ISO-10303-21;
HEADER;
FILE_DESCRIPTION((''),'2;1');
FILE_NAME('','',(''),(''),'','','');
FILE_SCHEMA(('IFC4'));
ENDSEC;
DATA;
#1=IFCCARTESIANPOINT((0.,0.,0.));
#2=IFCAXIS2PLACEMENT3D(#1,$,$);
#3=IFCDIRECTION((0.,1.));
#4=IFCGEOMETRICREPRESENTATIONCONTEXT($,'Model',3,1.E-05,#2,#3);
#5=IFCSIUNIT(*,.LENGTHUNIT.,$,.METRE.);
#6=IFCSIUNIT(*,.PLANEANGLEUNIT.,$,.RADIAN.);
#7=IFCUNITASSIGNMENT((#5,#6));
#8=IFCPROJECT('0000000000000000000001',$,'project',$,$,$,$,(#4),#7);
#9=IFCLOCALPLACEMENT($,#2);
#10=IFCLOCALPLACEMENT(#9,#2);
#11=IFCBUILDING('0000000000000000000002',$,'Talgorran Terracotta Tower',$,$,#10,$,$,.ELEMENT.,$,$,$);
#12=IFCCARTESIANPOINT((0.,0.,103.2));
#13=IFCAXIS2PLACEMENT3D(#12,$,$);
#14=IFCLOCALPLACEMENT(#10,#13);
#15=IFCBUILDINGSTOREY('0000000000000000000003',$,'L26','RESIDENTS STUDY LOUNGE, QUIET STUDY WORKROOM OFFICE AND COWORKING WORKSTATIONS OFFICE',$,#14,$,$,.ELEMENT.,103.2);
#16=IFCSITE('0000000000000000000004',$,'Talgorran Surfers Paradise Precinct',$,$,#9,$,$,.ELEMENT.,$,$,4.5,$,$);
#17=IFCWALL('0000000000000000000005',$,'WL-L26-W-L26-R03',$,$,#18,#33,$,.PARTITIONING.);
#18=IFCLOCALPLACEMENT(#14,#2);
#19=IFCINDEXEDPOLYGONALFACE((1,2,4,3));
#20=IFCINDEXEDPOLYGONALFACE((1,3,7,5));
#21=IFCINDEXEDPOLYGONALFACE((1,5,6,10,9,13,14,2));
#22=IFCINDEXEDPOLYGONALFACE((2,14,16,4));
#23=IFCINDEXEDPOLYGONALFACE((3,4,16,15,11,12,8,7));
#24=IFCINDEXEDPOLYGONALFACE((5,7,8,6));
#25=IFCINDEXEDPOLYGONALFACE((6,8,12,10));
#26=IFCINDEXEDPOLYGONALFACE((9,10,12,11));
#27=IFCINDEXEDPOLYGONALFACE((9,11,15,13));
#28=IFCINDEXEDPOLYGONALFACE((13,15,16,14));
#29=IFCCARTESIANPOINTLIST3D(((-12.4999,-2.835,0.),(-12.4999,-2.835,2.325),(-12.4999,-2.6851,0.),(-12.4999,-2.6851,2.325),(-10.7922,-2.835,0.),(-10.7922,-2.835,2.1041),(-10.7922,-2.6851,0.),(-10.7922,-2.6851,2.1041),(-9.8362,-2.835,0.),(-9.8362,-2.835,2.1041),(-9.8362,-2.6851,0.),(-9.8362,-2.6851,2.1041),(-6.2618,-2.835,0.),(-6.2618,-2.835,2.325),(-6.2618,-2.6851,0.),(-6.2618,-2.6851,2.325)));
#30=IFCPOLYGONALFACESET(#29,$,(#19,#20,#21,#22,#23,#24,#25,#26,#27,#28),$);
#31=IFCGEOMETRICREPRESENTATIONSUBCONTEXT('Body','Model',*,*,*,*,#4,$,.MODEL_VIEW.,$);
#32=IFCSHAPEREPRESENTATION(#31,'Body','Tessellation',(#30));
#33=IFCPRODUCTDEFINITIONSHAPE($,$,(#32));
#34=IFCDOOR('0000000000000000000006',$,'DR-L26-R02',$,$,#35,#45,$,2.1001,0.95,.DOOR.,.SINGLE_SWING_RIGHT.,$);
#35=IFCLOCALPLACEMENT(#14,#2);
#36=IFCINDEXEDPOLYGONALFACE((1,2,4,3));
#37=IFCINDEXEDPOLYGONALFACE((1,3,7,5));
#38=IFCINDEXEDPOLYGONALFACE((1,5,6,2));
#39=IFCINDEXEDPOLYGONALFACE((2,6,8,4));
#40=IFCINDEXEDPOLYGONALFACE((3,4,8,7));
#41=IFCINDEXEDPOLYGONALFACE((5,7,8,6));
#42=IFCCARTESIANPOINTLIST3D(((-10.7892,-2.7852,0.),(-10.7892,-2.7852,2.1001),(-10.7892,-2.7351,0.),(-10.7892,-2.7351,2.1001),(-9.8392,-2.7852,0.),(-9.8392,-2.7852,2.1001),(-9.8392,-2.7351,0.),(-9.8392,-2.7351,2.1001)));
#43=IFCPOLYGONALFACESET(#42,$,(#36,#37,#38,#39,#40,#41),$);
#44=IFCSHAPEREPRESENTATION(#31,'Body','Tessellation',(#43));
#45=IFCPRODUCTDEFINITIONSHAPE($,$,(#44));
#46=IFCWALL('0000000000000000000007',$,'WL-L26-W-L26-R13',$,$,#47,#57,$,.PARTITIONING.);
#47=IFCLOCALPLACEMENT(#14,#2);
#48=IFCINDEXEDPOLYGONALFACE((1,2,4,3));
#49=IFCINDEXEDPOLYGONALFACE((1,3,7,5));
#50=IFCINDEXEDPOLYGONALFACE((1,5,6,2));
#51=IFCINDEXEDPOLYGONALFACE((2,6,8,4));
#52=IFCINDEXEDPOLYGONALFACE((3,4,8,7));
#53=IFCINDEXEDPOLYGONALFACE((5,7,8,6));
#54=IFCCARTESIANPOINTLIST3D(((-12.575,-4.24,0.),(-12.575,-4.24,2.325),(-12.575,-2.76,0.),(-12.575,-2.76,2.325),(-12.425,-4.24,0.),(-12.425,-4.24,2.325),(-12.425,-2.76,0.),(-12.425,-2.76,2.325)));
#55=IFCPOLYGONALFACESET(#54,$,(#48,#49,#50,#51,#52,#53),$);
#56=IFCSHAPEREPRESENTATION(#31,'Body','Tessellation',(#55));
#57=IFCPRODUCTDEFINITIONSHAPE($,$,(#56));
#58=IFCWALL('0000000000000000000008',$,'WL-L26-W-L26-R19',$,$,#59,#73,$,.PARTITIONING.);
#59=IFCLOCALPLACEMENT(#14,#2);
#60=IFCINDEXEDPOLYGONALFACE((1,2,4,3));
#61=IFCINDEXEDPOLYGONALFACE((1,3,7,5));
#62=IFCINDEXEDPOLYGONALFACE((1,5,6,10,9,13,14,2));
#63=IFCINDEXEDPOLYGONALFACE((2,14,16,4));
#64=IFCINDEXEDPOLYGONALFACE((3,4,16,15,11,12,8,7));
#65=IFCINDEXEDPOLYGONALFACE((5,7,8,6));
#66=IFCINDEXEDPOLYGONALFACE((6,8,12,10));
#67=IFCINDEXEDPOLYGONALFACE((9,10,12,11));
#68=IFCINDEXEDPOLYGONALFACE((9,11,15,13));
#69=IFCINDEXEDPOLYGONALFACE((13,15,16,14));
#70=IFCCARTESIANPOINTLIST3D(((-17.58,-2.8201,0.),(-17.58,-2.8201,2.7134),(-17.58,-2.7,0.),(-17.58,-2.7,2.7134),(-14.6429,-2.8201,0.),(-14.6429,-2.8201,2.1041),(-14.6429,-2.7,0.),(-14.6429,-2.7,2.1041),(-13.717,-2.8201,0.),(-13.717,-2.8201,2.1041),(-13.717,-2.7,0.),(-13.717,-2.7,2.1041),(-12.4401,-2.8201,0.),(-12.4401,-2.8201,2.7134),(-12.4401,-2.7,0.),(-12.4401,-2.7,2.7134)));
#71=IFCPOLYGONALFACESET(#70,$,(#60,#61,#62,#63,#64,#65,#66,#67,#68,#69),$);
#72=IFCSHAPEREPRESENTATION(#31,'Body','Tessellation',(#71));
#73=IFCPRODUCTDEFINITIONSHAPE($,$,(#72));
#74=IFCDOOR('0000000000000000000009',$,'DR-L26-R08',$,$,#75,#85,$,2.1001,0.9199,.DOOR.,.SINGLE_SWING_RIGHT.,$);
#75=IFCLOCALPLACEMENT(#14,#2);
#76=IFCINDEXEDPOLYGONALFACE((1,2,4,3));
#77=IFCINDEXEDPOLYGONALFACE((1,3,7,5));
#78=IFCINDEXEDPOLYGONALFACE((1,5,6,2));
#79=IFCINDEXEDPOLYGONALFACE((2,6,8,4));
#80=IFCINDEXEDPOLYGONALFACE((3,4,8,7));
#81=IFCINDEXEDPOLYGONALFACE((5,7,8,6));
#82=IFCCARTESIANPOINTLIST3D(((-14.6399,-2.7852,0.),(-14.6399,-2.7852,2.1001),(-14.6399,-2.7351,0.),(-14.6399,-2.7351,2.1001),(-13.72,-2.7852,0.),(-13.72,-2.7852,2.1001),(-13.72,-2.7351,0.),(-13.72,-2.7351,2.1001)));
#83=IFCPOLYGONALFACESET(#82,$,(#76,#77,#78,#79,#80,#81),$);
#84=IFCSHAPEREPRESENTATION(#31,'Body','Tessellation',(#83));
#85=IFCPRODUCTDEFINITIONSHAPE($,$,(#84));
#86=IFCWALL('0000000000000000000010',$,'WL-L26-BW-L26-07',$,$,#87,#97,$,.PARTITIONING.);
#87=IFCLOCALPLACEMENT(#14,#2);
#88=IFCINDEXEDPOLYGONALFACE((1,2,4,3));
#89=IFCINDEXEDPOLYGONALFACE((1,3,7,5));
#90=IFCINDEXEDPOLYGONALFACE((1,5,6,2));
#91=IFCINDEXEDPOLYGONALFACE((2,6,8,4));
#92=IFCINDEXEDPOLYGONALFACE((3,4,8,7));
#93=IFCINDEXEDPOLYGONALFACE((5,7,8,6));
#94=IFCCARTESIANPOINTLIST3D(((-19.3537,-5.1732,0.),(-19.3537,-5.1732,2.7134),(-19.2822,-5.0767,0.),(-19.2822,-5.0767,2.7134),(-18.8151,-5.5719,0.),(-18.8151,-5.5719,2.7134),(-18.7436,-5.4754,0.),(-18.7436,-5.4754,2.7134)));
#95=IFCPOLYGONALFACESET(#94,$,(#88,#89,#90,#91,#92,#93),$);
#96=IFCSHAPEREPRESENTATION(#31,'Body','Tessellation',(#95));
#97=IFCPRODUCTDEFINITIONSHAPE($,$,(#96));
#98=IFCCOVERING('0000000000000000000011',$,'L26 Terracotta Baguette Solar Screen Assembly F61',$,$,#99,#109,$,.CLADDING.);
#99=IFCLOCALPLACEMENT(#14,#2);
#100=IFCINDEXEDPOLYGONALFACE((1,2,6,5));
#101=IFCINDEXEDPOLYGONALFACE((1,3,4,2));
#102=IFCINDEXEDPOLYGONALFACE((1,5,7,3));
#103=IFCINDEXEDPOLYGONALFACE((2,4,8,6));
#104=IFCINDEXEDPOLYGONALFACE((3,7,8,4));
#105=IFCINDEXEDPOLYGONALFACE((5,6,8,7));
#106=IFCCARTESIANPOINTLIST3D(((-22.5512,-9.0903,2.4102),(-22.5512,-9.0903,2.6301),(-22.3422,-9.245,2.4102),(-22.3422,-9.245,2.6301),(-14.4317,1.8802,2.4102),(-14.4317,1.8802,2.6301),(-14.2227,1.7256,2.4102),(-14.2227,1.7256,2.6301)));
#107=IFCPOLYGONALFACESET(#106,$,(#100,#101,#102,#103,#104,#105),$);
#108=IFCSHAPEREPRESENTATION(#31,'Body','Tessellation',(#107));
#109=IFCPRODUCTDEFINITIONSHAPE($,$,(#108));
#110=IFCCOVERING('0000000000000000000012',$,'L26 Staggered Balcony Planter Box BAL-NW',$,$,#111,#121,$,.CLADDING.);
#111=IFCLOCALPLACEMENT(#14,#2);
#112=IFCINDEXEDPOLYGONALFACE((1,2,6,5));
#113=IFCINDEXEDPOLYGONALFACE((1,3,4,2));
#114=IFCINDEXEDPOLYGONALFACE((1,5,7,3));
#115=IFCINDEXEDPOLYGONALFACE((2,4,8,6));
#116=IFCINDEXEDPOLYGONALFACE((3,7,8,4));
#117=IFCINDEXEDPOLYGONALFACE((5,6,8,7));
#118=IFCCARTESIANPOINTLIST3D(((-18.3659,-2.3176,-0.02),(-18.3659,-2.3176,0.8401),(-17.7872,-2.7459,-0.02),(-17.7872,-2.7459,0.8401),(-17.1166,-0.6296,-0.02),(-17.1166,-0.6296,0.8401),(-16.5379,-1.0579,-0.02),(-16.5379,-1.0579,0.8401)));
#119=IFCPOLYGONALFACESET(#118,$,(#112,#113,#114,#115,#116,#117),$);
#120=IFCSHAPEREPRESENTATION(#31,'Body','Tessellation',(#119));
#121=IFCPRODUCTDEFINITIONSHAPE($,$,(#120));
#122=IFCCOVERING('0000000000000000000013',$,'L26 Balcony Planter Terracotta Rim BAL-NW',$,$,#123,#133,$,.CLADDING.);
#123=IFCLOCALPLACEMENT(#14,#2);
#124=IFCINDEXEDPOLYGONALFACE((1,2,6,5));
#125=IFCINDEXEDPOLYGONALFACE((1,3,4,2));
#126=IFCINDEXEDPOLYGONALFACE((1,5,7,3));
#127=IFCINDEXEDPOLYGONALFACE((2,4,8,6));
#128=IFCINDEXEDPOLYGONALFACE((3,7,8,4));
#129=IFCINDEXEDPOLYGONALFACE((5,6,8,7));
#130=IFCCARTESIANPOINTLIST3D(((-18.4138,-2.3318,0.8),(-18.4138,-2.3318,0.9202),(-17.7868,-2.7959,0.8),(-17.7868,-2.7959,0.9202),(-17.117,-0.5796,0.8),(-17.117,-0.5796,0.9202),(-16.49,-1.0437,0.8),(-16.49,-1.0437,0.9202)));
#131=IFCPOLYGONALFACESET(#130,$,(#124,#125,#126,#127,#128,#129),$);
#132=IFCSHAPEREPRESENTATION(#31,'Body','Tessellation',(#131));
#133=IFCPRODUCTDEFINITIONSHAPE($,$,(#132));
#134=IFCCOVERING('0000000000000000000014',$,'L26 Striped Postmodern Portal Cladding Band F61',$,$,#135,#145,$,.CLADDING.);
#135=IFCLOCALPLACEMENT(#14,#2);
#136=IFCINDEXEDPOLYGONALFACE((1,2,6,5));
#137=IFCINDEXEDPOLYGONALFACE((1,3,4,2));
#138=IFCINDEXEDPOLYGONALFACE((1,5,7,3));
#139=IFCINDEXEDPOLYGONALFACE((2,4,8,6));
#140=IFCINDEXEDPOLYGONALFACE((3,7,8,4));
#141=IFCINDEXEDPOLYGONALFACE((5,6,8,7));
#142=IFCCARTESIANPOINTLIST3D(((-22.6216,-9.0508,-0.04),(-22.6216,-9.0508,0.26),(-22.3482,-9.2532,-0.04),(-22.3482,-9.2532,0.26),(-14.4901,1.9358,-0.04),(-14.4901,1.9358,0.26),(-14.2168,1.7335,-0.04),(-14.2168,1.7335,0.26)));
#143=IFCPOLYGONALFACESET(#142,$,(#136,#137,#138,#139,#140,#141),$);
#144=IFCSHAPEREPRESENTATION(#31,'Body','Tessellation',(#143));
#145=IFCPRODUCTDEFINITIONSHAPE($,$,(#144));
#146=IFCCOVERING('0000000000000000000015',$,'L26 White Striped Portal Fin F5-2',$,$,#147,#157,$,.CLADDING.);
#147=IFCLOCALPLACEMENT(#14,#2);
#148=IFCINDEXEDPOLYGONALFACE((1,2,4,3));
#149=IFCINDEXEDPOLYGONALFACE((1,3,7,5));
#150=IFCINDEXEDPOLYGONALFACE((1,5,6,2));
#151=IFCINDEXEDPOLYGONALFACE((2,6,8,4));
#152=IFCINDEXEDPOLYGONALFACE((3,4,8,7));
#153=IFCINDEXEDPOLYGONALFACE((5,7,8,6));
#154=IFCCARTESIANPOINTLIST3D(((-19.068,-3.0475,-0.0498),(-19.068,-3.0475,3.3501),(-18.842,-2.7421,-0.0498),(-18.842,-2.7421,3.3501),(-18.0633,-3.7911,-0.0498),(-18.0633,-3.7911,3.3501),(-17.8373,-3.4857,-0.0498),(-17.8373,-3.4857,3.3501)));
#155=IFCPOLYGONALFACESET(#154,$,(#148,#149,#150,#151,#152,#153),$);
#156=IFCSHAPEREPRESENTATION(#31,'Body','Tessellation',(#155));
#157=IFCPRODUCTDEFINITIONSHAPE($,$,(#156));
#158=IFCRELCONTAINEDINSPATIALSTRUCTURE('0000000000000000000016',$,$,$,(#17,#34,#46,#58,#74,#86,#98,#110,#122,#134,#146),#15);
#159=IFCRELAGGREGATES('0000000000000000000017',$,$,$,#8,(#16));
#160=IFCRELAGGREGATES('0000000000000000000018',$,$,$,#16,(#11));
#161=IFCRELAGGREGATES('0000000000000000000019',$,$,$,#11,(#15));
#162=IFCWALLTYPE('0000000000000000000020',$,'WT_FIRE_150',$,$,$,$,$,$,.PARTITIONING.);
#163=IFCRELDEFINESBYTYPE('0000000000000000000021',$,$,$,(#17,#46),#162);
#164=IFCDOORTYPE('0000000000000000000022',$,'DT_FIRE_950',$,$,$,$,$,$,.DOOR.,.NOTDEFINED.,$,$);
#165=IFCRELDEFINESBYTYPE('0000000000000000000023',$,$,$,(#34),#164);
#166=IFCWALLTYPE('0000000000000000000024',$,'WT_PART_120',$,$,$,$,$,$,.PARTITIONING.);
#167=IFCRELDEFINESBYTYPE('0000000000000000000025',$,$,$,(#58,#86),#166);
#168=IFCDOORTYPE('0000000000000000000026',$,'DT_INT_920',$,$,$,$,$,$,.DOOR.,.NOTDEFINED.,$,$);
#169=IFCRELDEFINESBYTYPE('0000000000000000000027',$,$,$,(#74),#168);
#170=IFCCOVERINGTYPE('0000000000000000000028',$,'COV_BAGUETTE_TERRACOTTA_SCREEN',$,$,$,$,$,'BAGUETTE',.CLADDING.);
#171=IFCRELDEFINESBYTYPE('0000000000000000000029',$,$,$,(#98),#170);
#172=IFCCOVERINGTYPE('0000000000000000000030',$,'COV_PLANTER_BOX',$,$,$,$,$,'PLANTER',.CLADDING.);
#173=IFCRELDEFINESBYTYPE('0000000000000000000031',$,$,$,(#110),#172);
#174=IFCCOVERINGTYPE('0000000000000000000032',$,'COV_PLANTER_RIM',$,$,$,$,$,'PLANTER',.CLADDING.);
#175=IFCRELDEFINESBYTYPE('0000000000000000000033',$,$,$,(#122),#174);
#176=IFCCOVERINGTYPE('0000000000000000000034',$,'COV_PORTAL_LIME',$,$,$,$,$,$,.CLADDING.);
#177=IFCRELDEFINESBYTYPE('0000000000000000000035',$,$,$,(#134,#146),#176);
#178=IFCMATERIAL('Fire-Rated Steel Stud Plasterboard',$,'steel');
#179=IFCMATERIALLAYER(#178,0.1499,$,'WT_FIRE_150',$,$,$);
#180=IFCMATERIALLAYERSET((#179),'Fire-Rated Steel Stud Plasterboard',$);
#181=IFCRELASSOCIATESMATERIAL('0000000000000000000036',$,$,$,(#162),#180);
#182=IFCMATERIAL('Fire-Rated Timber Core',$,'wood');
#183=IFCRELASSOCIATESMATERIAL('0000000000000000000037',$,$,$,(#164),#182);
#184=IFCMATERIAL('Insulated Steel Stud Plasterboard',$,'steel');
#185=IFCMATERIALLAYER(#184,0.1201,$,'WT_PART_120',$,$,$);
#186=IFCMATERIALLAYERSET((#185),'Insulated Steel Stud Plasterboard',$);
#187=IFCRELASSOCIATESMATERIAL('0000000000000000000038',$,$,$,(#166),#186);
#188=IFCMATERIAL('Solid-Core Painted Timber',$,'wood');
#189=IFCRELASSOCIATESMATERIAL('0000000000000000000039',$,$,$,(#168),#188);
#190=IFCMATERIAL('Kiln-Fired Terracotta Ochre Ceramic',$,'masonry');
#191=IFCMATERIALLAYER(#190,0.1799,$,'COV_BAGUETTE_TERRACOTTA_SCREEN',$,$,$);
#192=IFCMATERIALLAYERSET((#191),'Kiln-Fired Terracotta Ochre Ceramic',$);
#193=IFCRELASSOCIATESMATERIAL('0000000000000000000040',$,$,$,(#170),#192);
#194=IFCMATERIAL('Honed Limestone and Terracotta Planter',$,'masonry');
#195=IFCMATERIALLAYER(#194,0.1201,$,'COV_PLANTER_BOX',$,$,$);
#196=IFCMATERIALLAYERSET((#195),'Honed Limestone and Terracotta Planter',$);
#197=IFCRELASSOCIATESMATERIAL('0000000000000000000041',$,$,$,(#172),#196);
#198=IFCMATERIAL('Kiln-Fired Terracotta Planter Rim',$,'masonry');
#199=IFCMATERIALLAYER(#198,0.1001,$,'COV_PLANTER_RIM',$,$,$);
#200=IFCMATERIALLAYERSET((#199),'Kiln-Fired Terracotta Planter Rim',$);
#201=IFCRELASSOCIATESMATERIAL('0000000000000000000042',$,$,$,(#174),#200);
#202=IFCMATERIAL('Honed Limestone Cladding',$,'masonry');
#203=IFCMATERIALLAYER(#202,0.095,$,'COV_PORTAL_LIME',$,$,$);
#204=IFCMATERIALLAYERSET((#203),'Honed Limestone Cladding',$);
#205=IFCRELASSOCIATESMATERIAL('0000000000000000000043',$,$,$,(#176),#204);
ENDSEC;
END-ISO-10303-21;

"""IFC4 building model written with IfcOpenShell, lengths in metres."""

from ifc_helpers import new_model, si_unit, direction, frame, frame_2d, origin, origin_2d, place, context, subcontext, project, spatial, rectangle, extrude, material, layer, layer_set, type_object, element, fill, save


model = new_model("IFC4")

# Units and contexts
model_context = context("Model", 3, precision=1e-05, world=origin(), true_north=direction((0.0, 1.0)))
body_context = subcontext(model_context, "Body", "Model", "MODEL_VIEW")
ifc_project = project(units=[si_unit("LENGTHUNIT", "METRE"), si_unit("PLANEANGLEUNIT", "RADIAN")], contexts=[model_context])

# Site, building, storey
site_placement = place(None, origin())
site = spatial("IfcSite", under=ifc_project, at=site_placement, Name="Talgorran Surfers Paradise Precinct", CompositionType="ELEMENT", RefElevation=4.5)
building_placement = place(site_placement, origin())
building = spatial("IfcBuilding", under=site, at=building_placement, Name="Talgorran Terracotta Tower", CompositionType="ELEMENT")
storey_placement = place(building_placement, frame((0.0, 0.0, 103.2)))
storey = spatial("IfcBuildingStorey", under=building, at=storey_placement, Name="L26", Description="RESIDENTS STUDY LOUNGE, QUIET STUDY WORKROOM OFFICE AND COWORKING WORKSTATIONS OFFICE", CompositionType="ELEMENT", Elevation=103.2)

# Wall, opening, door
ifc_material_1 = material(Name="Fire-Rated Steel Stud Plasterboard", Category="steel")
ifc_layer_1 = layer(ifc_material_1, 0.1499, Name="WT_FIRE_150")
ifc_layer_set_1 = layer_set([ifc_layer_1], Name="Fire-Rated Steel Stud Plasterboard")
wall_type_1 = type_object("IfcWallType", Name="WT_FIRE_150", PredefinedType="PARTITIONING", material=ifc_layer_set_1)
wall_1_placement = place(storey_placement, frame((-12.5, -2.76, 0.0), z_axis=(0.0, 0.0, 1.0), x_axis=(1.0, 0.0, 0.0)))
wall_1 = element("IfcWall", 1, at=wall_1_placement, inside=storey, type_object=wall_type_1, Name="WL-L26-W-L26-R03", PredefinedType="PARTITIONING", context=body_context, shape_type="SweptSolid", body=[
    extrude(rectangle(XDim=6.238, YDim=0.1499, at=frame_2d((3.1191, 0.0))), origin(), (0.0, 0.0, 1.0), 2.325),
])
opening_1_placement = place(wall_1_placement, frame((1.7107, 0.0, 0.0)))
opening_1 = element("IfcOpeningElement", 2, at=opening_1_placement, cuts=wall_1, PredefinedType="OPENING", context=body_context, shape_type="SweptSolid", body=[
    extrude(rectangle(XDim=0.956, YDim=2.1041, at=frame_2d((0.4751, 1.052))), frame((0.0, 0.085, 0.0), z_axis=(0.0, -1.0, 0.0), x_axis=(1.0, 0.0, 0.0)), (0.0, 0.0, 1.0), 0.1699),
])
ifc_material_2 = material(Name="Fire-Rated Timber Core", Category="wood")
door_type_1 = type_object("IfcDoorType", Name="DT_FIRE_950", OperationType="NOTDEFINED", PredefinedType="DOOR", material=ifc_material_2)
door_1_placement = place(opening_1_placement, origin())
door_1 = element("IfcDoor", 3, at=door_1_placement, inside=storey, type_object=door_type_1, Name="DR-L26-R02", OperationType="SINGLE_SWING_RIGHT", OverallHeight=2.1001, OverallWidth=0.95, PredefinedType="DOOR", context=body_context, shape_type="SweptSolid", body=[
    extrude(rectangle(XDim=0.95, YDim=2.1001, at=frame_2d((0.4751, 1.05))), frame((0.0, 0.0249, 0.0), z_axis=(0.0, -1.0, 0.0), x_axis=(1.0, 0.0, 0.0)), (0.0, 0.0, 1.0), 0.05),
])
fill(opening_1, door_1)

# Wall
wall_2_placement = place(storey_placement, frame((-12.5, -4.24, 0.0), z_axis=(0.0, 0.0, 1.0), x_axis=(0.0, 1.0, 0.0)))
element("IfcWall", 4, at=wall_2_placement, inside=storey, type_object=wall_type_1, Name="WL-L26-W-L26-R13", PredefinedType="PARTITIONING", context=body_context, shape_type="SweptSolid", body=[
    extrude(rectangle(XDim=1.48, YDim=0.1499, at=frame_2d((0.74, 0.0))), origin(), (0.0, 0.0, 1.0), 2.325),
])

# Wall, opening, door
ifc_material_3 = material(Name="Insulated Steel Stud Plasterboard", Category="steel")
ifc_layer_2 = layer(ifc_material_3, 0.1201, Name="WT_PART_120")
ifc_layer_set_2 = layer_set([ifc_layer_2], Name="Insulated Steel Stud Plasterboard")
wall_type_2 = type_object("IfcWallType", Name="WT_PART_120", PredefinedType="PARTITIONING", material=ifc_layer_set_2)
wall_3_placement = place(storey_placement, frame((-17.5798, -2.76, 0.0), z_axis=(0.0, 0.0, 1.0), x_axis=(1.0, 0.0, 0.0)))
wall_3 = element("IfcWall", 5, at=wall_3_placement, inside=storey, type_object=wall_type_2, Name="WL-L26-W-L26-R19", PredefinedType="PARTITIONING", context=body_context, shape_type="SweptSolid", body=[
    extrude(rectangle(XDim=5.1399, YDim=0.1201, at=frame_2d((2.5698, 0.0))), origin(), (0.0, 0.0, 1.0), 2.7134),
])
opening_2_placement = place(wall_3_placement, frame((2.9399, 0.0, 0.0)))
opening_2 = element("IfcOpeningElement", 6, at=opening_2_placement, cuts=wall_3, PredefinedType="OPENING", context=body_context, shape_type="SweptSolid", body=[
    extrude(rectangle(XDim=0.9259, YDim=2.1041, at=frame_2d((0.46, 1.052))), frame((0.0, 0.0701, 0.0), z_axis=(0.0, -1.0, 0.0), x_axis=(1.0, 0.0, 0.0)), (0.0, 0.0, 1.0), 0.1401),
])
ifc_material_4 = material(Name="Solid-Core Painted Timber", Category="wood")
door_type_2 = type_object("IfcDoorType", Name="DT_INT_920", OperationType="NOTDEFINED", PredefinedType="DOOR", material=ifc_material_4)
door_2_placement = place(opening_2_placement, origin())
door_2 = element("IfcDoor", 7, at=door_2_placement, inside=storey, type_object=door_type_2, Name="DR-L26-R08", OperationType="SINGLE_SWING_RIGHT", OverallHeight=2.1001, OverallWidth=0.9199, PredefinedType="DOOR", context=body_context, shape_type="SweptSolid", body=[
    extrude(rectangle(XDim=0.9199, YDim=2.1001, at=frame_2d((0.46, 1.05))), frame((0.0, 0.0249, 0.0), z_axis=(0.0, -1.0, 0.0), x_axis=(1.0, 0.0, 0.0)), (0.0, 0.0, 1.0), 0.05),
])
fill(opening_2, door_2)

# Wall
wall_4_placement = place(storey_placement, frame((-19.3179, -5.125, 0.0), z_axis=(0.0, 0.0, 1.0), x_axis=(0.803744, -0.594975, 0.0)))
element("IfcWall", 8, at=wall_4_placement, inside=storey, type_object=wall_type_2, Name="WL-L26-BW-L26-07", PredefinedType="PARTITIONING", context=body_context, shape_type="SweptSolid", body=[
    extrude(rectangle(XDim=0.6702, YDim=0.1201, at=frame_2d((0.335, 0.0))), origin(), (0.0, 0.0, 1.0), 2.7134),
])

# Coverings
ifc_material_5 = material(Name="Kiln-Fired Terracotta Ochre Ceramic", Category="masonry")
ifc_layer_3 = layer(ifc_material_5, 0.1799, Name="COV_BAGUETTE_TERRACOTTA_SCREEN")
ifc_layer_set_3 = layer_set([ifc_layer_3], Name="Kiln-Fired Terracotta Ochre Ceramic")
covering_type_1 = type_object("IfcCoveringType", Name="COV_BAGUETTE_TERRACOTTA_SCREEN", ElementType="BAGUETTE", PredefinedType="CLADDING", material=ifc_layer_set_3)
covering_1_placement = place(storey_placement, frame((-18.387, -3.6824, 2.4102), z_axis=(0.0, 0.0, 1.0), x_axis=(-0.594907, -0.803795, 0.0)))
element("IfcCovering", 9, at=covering_1_placement, inside=storey, type_object=covering_type_1, Name="L26 Terracotta Baguette Solar Screen Assembly F61", PredefinedType="CLADDING", context=body_context, shape_type="SweptSolid", body=[
    extrude(rectangle(XDim=13.6484, YDim=0.26, at=origin_2d()), origin(), (0.0, 0.0, 1.0), 0.22),
])
ifc_material_6 = material(Name="Honed Limestone and Terracotta Planter", Category="masonry")
ifc_layer_4 = layer(ifc_material_6, 0.1201, Name="COV_PLANTER_BOX")
ifc_layer_set_4 = layer_set([ifc_layer_4], Name="Honed Limestone and Terracotta Planter")
covering_type_2 = type_object("IfcCoveringType", Name="COV_PLANTER_BOX", ElementType="PLANTER", PredefinedType="CLADDING", material=ifc_layer_set_4)
covering_2_placement = place(storey_placement, frame((-17.4519, -1.6877, -0.02), z_axis=(0.0, 0.0, 1.0), x_axis=(-0.594907, -0.803795, 0.0)))
element("IfcCovering", 10, at=covering_2_placement, inside=storey, type_object=covering_type_2, Name="L26 Staggered Balcony Planter Box BAL-NW", PredefinedType="CLADDING", context=body_context, shape_type="SweptSolid", body=[
    extrude(rectangle(XDim=2.1001, YDim=0.72, at=origin_2d()), origin(), (0.0, 0.0, 1.0), 0.8601),
])
ifc_material_7 = material(Name="Kiln-Fired Terracotta Planter Rim", Category="masonry")
ifc_layer_5 = layer(ifc_material_7, 0.1001, Name="COV_PLANTER_RIM")
ifc_layer_set_5 = layer_set([ifc_layer_5], Name="Kiln-Fired Terracotta Planter Rim")
covering_type_3 = type_object("IfcCoveringType", Name="COV_PLANTER_RIM", ElementType="PLANTER", PredefinedType="CLADDING", material=ifc_layer_set_5)
covering_3_placement = place(storey_placement, frame((-17.4519, -1.6877, 0.8), z_axis=(0.0, 0.0, 1.0), x_axis=(-0.594907, -0.803795, 0.0)))
element("IfcCovering", 11, at=covering_3_placement, inside=storey, type_object=covering_type_3, Name="L26 Balcony Planter Terracotta Rim BAL-NW", PredefinedType="CLADDING", context=body_context, shape_type="SweptSolid", body=[
    extrude(rectangle(XDim=2.1799, YDim=0.78, at=origin_2d()), origin(), (0.0, 0.0, 1.0), 0.1201),
])
ifc_material_8 = material(Name="Honed Limestone Cladding", Category="masonry")
ifc_layer_6 = layer(ifc_material_8, 0.095, Name="COV_PORTAL_LIME")
ifc_layer_set_6 = layer_set([ifc_layer_6], Name="Honed Limestone Cladding")
covering_type_4 = type_object("IfcCoveringType", Name="COV_PORTAL_LIME", PredefinedType="CLADDING", material=ifc_layer_set_6)
covering_4_placement = place(storey_placement, frame((-18.4192, -3.6587, -0.04), z_axis=(0.0, 0.0, 1.0), x_axis=(-0.594907, -0.803795, 0.0)))
element("IfcCovering", 12, at=covering_4_placement, inside=storey, type_object=covering_type_4, Name="L26 Striped Postmodern Portal Cladding Band F61", PredefinedType="CLADDING", context=body_context, shape_type="SweptSolid", body=[
    extrude(rectangle(XDim=13.6685, YDim=0.3401, at=origin_2d()), origin(), (0.0, 0.0, 1.0), 0.3),
])
covering_5_placement = place(storey_placement, frame((-18.4526, -3.2666, -0.0498), z_axis=(0.0, 0.0, 1.0), x_axis=(-0.594907, -0.803795, 0.0)))
element("IfcCovering", 13, at=covering_5_placement, inside=storey, type_object=covering_type_4, Name="L26 White Striped Portal Fin F5-2", PredefinedType="CLADDING", context=body_context, shape_type="SweptSolid", body=[
    extrude(rectangle(XDim=0.3799, YDim=1.25, at=origin_2d()), origin(), (0.0, 0.0, 1.0), 3.3999),
])

save(model, "model.ifc")
